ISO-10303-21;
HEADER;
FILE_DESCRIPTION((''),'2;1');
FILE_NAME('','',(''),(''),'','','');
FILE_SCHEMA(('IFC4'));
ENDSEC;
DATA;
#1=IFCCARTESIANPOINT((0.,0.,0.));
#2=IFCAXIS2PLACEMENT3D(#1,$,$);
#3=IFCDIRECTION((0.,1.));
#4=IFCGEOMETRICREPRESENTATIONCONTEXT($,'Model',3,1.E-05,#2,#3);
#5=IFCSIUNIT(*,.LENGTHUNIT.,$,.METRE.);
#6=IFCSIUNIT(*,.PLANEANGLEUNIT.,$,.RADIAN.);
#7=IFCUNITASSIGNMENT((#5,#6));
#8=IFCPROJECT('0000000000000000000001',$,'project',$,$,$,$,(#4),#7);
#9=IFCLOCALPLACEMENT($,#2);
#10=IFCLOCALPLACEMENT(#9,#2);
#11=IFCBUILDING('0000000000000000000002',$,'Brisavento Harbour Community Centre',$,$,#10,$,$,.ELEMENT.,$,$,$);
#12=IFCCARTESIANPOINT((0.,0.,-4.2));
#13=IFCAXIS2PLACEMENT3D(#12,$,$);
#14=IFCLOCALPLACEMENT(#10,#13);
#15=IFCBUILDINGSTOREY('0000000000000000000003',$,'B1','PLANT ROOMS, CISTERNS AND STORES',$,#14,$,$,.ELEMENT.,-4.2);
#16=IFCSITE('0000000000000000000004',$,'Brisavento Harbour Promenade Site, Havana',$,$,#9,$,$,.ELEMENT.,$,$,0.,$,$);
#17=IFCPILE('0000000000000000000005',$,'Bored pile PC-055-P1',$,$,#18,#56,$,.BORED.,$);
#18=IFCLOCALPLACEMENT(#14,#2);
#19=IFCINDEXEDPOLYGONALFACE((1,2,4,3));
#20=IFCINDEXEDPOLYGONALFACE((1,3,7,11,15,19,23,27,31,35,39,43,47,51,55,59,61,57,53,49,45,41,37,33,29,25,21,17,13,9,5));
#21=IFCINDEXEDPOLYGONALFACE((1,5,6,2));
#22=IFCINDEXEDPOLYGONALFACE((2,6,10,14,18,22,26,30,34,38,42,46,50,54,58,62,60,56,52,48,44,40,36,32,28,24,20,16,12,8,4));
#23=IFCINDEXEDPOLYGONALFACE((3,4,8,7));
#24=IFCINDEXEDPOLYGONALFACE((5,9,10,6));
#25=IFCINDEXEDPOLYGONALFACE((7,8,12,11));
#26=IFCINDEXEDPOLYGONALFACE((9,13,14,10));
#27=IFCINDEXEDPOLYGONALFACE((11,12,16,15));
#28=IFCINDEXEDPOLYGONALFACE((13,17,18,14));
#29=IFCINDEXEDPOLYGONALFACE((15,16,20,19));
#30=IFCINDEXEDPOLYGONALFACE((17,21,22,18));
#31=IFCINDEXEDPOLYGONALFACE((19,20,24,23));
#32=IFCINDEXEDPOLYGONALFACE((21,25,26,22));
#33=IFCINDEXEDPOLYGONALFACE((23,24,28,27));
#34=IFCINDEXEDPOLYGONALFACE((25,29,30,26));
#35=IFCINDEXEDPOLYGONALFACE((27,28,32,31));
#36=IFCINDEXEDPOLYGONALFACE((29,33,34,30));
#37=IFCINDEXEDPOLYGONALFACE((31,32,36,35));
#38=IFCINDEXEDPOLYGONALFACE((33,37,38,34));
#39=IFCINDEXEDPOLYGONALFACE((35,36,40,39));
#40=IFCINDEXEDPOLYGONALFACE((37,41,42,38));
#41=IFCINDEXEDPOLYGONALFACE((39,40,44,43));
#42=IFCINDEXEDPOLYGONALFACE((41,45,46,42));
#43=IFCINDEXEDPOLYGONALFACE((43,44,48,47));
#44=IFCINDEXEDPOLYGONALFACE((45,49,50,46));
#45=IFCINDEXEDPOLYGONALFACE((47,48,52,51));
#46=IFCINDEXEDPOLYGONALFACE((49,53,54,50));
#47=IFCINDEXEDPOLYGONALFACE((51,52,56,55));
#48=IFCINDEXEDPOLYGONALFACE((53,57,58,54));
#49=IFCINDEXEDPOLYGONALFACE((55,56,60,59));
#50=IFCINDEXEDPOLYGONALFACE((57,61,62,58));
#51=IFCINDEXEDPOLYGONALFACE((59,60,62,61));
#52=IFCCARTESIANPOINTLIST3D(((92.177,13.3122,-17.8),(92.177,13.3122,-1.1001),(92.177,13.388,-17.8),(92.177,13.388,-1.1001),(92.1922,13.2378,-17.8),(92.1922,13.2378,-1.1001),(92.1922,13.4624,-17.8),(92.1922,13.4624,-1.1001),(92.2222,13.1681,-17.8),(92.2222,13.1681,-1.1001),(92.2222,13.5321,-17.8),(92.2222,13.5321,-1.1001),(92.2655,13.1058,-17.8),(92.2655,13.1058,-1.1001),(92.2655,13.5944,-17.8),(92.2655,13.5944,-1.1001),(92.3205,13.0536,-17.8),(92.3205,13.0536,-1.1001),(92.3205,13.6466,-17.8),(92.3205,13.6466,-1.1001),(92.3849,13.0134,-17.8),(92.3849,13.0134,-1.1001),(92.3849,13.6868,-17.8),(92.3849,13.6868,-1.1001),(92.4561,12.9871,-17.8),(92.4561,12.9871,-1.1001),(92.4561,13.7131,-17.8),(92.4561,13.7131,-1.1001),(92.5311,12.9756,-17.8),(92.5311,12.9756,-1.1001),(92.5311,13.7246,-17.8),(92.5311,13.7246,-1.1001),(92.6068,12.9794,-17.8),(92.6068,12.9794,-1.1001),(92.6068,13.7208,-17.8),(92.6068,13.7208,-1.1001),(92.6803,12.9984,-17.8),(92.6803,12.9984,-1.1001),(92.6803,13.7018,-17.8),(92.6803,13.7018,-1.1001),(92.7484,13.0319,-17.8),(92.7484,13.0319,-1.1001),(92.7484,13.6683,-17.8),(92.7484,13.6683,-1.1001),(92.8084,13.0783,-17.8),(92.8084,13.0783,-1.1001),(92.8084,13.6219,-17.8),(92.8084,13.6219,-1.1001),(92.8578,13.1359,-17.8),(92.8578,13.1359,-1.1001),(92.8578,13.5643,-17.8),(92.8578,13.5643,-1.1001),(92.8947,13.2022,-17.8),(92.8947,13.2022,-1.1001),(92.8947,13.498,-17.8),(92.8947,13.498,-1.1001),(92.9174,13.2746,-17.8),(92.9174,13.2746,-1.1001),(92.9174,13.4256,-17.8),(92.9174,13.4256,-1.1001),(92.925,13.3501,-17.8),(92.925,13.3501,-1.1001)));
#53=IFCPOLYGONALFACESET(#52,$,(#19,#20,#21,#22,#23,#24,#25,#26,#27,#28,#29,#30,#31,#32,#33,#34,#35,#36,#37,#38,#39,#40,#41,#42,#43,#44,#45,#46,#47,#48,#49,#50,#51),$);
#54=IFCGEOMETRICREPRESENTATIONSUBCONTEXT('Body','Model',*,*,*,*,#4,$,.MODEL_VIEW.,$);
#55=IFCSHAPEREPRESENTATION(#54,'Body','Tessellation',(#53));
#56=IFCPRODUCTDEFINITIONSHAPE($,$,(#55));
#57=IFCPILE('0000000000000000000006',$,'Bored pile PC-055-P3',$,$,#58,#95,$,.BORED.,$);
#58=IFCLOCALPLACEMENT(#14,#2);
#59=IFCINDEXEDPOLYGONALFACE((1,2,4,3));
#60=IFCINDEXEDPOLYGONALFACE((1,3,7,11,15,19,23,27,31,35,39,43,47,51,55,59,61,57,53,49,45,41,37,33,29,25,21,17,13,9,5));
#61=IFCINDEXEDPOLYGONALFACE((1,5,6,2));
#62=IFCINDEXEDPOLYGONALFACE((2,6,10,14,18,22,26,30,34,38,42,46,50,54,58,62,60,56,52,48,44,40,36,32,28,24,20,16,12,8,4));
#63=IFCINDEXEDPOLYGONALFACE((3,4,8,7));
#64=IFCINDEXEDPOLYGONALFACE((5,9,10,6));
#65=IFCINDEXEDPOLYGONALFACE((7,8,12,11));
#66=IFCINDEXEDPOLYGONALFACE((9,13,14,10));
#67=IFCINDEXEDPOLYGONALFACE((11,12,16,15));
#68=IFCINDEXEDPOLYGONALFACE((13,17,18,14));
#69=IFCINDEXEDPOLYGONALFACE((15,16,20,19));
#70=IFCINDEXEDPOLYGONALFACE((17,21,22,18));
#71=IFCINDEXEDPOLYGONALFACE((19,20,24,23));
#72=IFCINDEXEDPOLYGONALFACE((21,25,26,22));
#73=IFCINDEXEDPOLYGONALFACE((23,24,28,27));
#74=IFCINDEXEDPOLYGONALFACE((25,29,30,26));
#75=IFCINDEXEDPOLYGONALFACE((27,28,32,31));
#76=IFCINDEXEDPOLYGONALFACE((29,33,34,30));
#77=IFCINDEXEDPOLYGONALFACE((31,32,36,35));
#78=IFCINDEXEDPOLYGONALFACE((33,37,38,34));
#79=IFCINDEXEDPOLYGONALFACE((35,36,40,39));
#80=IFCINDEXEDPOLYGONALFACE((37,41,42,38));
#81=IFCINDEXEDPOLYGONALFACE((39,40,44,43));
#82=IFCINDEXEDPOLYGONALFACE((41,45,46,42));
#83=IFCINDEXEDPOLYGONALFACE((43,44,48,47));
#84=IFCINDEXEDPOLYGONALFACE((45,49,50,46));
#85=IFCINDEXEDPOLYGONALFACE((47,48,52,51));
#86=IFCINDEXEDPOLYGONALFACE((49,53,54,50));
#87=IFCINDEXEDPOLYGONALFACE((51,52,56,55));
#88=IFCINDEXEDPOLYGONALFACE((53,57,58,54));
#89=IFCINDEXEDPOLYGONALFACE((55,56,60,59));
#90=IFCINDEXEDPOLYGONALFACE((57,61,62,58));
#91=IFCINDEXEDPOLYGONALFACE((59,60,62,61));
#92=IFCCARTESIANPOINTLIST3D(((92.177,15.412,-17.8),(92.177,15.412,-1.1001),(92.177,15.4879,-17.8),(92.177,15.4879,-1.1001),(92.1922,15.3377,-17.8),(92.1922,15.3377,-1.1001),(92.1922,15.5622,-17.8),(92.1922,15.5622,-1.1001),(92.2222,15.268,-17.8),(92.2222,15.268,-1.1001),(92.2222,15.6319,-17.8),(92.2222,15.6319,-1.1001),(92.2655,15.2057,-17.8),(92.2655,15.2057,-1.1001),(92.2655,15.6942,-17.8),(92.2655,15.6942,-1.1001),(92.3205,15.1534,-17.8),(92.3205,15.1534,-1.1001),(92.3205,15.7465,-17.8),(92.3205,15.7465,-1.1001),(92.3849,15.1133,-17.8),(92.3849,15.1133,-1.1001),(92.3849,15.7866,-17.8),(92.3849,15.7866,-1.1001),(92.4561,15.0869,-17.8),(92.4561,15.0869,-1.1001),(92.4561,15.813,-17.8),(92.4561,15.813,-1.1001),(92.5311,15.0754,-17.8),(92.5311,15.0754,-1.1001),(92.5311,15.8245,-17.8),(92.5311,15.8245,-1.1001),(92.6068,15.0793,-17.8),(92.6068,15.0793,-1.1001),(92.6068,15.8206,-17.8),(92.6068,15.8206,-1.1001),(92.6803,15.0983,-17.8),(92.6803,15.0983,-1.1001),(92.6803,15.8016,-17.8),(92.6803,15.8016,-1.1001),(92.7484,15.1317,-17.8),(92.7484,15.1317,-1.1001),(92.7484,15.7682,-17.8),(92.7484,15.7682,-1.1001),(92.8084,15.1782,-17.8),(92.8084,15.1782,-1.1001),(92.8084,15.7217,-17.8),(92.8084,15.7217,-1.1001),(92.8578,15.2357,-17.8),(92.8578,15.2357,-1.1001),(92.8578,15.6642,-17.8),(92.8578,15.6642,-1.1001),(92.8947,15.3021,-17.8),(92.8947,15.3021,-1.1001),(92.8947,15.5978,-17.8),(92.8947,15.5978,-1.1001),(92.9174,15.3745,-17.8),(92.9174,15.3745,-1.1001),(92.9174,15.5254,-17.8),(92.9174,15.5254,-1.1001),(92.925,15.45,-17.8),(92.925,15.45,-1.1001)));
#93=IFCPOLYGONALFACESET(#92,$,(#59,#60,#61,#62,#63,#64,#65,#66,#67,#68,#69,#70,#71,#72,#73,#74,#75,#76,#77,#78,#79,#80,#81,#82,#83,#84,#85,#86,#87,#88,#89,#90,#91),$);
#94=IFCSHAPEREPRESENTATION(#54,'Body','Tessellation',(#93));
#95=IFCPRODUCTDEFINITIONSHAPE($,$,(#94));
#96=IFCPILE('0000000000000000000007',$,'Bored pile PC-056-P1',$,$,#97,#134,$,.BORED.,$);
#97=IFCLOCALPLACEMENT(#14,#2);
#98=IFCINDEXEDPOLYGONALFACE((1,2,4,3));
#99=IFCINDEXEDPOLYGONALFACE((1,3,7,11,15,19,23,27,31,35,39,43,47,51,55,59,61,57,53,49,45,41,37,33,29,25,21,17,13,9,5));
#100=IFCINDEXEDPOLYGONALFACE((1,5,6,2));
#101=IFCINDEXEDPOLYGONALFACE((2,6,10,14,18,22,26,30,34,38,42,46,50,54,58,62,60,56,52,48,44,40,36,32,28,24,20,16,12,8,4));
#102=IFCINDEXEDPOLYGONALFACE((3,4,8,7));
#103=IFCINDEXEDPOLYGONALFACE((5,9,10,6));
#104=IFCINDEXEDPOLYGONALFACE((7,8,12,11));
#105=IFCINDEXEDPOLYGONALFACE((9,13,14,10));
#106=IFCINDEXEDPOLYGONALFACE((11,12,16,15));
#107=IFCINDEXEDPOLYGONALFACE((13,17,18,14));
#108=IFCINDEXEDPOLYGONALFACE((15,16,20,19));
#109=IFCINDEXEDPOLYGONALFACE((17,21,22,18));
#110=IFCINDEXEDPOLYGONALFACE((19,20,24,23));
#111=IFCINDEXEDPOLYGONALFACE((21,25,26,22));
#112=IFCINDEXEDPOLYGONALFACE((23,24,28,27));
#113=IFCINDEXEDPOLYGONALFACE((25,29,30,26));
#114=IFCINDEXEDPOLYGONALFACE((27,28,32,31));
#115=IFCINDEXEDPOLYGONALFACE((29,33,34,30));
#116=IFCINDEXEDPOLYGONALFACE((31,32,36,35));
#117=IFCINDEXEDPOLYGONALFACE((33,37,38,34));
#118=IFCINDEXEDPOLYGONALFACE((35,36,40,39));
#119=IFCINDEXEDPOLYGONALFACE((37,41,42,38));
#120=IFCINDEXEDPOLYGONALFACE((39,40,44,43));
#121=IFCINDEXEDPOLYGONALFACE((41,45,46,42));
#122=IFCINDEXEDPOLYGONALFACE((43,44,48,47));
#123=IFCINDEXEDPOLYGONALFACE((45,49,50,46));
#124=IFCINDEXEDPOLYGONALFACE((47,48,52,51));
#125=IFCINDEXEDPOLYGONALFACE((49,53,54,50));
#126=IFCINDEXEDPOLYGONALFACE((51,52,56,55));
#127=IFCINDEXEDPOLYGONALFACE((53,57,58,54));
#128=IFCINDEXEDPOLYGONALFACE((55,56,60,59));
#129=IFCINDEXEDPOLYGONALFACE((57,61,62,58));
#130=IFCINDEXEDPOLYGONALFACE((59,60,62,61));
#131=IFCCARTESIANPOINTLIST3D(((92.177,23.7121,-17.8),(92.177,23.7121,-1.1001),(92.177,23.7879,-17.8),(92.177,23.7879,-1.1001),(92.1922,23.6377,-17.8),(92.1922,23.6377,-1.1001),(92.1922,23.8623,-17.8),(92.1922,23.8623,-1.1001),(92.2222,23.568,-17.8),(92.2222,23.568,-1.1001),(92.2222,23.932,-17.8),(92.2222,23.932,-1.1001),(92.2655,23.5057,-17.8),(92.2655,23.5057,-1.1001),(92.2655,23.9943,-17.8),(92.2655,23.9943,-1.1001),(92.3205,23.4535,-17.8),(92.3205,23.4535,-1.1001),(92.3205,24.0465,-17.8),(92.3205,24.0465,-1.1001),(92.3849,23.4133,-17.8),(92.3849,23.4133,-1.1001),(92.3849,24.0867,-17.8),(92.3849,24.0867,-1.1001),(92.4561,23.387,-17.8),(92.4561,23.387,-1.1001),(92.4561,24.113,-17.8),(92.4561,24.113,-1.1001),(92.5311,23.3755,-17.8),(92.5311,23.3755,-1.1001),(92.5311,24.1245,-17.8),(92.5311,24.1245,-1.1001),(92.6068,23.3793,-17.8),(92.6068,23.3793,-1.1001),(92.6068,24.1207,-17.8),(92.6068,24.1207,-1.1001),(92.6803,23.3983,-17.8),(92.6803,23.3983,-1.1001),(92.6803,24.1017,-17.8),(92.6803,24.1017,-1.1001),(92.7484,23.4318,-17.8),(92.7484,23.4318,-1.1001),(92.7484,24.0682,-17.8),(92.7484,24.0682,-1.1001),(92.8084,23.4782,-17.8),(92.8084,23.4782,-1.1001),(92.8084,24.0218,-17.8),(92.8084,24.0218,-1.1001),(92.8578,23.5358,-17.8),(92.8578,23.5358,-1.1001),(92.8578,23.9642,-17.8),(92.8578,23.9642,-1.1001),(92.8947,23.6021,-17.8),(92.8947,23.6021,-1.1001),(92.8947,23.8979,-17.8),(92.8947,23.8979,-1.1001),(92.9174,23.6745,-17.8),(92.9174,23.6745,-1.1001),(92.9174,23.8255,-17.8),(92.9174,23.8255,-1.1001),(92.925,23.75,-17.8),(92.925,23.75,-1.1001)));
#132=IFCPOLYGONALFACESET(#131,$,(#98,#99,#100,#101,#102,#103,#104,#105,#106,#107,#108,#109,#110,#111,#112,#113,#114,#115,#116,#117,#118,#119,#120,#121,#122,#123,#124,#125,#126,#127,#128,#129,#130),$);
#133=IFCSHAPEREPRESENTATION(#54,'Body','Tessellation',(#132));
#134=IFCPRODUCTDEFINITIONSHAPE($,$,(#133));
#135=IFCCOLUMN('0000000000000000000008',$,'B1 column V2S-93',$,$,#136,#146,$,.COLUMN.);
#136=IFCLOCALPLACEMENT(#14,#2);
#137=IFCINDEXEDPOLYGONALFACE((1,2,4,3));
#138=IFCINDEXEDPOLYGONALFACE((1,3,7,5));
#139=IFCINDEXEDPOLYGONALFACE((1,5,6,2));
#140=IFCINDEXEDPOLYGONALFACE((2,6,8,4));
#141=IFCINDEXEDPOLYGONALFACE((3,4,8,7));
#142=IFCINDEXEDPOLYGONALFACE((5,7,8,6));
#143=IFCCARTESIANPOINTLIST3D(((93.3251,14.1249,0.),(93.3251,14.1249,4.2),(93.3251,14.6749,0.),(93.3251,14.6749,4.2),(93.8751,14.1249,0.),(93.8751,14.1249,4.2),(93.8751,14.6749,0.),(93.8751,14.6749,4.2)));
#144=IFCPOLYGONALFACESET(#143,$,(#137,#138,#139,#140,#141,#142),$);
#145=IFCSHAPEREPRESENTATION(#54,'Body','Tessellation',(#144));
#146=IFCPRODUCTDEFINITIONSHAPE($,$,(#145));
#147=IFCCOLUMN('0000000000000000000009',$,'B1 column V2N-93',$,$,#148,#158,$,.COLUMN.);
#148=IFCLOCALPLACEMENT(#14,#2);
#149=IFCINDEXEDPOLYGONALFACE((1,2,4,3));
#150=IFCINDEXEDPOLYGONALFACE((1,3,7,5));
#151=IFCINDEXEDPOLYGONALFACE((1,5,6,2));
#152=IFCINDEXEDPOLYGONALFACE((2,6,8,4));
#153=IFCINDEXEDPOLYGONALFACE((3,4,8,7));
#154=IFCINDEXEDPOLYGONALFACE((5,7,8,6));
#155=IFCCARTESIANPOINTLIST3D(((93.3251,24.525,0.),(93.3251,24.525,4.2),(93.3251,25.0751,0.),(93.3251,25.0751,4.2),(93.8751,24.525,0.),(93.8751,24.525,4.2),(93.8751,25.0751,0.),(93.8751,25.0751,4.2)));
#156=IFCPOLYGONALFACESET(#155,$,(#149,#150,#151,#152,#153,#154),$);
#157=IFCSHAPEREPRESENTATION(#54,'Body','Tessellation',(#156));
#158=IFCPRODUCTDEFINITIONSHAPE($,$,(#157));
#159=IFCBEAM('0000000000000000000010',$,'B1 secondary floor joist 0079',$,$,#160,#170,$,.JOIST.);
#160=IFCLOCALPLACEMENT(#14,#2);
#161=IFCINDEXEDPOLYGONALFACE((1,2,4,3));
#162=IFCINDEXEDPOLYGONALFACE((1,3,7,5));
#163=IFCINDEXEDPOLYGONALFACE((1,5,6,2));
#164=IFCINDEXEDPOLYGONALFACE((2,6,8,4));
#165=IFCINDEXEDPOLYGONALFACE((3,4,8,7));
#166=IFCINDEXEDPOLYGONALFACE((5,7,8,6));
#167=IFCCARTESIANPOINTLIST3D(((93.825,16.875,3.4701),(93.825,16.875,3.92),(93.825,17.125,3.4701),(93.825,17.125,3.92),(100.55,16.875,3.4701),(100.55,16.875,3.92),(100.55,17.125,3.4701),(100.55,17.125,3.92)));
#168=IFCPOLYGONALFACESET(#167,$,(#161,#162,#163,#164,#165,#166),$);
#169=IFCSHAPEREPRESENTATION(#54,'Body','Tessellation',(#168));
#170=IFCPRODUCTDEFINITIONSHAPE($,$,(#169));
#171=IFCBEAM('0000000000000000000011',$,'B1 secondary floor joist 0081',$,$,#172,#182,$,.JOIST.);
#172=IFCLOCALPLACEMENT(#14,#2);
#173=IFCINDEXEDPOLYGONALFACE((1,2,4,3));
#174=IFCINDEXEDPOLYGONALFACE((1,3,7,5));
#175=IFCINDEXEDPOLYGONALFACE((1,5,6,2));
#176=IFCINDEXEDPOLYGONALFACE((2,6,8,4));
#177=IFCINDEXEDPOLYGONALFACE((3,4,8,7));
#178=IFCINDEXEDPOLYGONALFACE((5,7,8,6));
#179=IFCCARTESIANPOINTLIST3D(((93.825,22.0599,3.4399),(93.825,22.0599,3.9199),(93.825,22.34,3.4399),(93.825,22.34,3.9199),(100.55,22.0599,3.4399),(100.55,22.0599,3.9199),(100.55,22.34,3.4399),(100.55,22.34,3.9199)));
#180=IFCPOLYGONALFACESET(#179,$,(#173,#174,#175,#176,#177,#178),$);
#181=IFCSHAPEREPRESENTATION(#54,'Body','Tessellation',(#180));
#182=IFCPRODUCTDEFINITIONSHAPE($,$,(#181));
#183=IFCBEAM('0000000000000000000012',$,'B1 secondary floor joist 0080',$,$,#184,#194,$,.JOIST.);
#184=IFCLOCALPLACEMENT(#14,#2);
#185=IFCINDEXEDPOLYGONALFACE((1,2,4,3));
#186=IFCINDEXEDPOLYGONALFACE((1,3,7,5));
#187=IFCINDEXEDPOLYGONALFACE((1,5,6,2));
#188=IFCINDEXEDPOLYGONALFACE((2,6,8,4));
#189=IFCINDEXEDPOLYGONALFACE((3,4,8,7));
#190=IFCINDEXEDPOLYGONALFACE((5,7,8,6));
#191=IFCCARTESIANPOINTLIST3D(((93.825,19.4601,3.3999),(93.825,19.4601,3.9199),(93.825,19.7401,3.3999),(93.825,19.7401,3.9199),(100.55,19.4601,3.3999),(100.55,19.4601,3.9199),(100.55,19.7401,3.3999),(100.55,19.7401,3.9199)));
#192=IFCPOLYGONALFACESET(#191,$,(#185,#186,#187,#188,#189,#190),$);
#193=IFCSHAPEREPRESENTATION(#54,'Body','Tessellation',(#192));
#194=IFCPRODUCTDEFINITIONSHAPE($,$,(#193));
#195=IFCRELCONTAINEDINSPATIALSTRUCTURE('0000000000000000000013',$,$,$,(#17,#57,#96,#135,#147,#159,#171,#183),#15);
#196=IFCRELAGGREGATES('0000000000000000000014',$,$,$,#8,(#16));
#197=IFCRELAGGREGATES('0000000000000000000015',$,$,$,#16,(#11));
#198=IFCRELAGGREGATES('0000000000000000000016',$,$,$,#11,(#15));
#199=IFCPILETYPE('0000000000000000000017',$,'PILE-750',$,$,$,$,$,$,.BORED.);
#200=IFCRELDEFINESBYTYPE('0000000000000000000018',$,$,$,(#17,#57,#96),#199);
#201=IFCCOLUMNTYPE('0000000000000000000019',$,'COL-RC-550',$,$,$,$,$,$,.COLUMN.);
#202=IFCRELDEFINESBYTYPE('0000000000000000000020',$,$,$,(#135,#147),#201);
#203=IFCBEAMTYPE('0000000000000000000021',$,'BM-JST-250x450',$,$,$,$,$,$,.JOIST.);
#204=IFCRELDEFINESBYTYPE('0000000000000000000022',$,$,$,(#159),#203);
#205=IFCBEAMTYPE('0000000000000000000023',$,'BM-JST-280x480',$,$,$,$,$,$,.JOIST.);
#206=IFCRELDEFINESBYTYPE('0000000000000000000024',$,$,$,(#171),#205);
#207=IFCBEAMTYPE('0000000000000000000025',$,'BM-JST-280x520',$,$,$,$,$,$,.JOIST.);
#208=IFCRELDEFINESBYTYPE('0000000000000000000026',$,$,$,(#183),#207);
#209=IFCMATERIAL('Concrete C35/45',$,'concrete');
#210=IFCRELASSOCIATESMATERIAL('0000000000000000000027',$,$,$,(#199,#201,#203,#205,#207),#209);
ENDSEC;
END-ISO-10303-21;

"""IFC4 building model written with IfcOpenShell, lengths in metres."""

from ifc_helpers import new_model, si_unit, direction, frame, origin, origin_2d, place, context, subcontext, project, spatial, rectangle, circle, extrude, material, material_profile, profile_set, type_object, element, save


model = new_model("IFC4")

# Units and contexts
model_context = context("Model", 3, precision=1e-05, world=origin(), true_north=direction((0.0, 1.0)))
body_context = subcontext(model_context, "Body", "Model", "MODEL_VIEW")
ifc_project = project(units=[si_unit("LENGTHUNIT", "METRE"), si_unit("PLANEANGLEUNIT", "RADIAN")], contexts=[model_context])

# Site, building, storey
site_placement = place(None, origin())
site = spatial("IfcSite", under=ifc_project, at=site_placement, Name="Brisavento Harbour Promenade Site, Havana", CompositionType="ELEMENT", RefElevation=0.0)
building_placement = place(site_placement, origin())
building = spatial("IfcBuilding", under=site, at=building_placement, Name="Brisavento Harbour Community Centre", CompositionType="ELEMENT")
storey_placement = place(building_placement, frame((0.0, 0.0, -4.2)))
storey = spatial("IfcBuildingStorey", under=building, at=storey_placement, Name="B1", Description="PLANT ROOMS, CISTERNS AND STORES", CompositionType="ELEMENT", Elevation=-4.2)

# Shared definitions
ifc_material_1 = material(Name="Concrete C35/45", Category="concrete")

# Piles
ifc_material_profile_1 = material_profile(ifc_material_1, circle(Radius=0.375, at=origin_2d()), Name="Concrete C35/45")
ifc_profile_set_1 = profile_set([ifc_material_profile_1], Name="Concrete C35/45")
pile_type_1 = type_object("IfcPileType", Name="PILE-750", PredefinedType="BORED", material=ifc_profile_set_1)
for number, where, z_axis, x_axis, name in (
    (1, (92.55, 13.3501, -1.1001), (0.0, 0.0, -1.0), (1.0, 0.0, 0.0), "Bored pile PC-055-P1"),
    (2, (92.55, 15.45, -1.1001), (0.0, 0.0, -1.0), (1.0, 0.0, 0.0), "Bored pile PC-055-P3"),
    (3, (92.55, 23.75, -1.1001), (0.0, 0.0, -1.0), (1.0, 0.0, 0.0), "Bored pile PC-056-P1"),
):
    element("IfcPile", number, at=place(storey_placement, frame(where, z_axis=z_axis, x_axis=x_axis)), inside=storey, type_object=pile_type_1, Name=name, PredefinedType="BORED", context=body_context, shape_type="SweptSolid", body=[
        extrude(circle(Radius=0.375, at=origin_2d()), origin(), (0.0, 0.0, 1.0), 16.7),
    ])

# Columns
ifc_material_profile_2 = material_profile(ifc_material_1, rectangle(XDim=0.55, YDim=0.55, at=origin_2d()), Name="Concrete C35/45")
ifc_profile_set_2 = profile_set([ifc_material_profile_2], Name="Concrete C35/45")
column_type = type_object("IfcColumnType", Name="COL-RC-550", PredefinedType="COLUMN", material=ifc_profile_set_2)
for number, where, z_axis, x_axis, name in (
    (4, (93.6001, 14.3999, 0.0), (0.0, 0.0, 1.0), (1.0, 0.0, 0.0), "B1 column V2S-93"),
    (5, (93.6001, 24.8, 0.0), (0.0, 0.0, 1.0), (1.0, 0.0, 0.0), "B1 column V2N-93"),
):
    element("IfcColumn", number, at=place(storey_placement, frame(where, z_axis=z_axis, x_axis=x_axis)), inside=storey, type_object=column_type, Name=name, PredefinedType="COLUMN", context=body_context, shape_type="SweptSolid", body=[
        extrude(rectangle(XDim=0.55, YDim=0.55, at=origin_2d()), origin(), (0.0, 0.0, 1.0), 4.2),
    ])

# Beams
ifc_material_profile_3 = material_profile(ifc_material_1, rectangle(XDim=0.25, YDim=0.45, at=origin_2d()), Name="Concrete C35/45")
ifc_profile_set_3 = profile_set([ifc_material_profile_3], Name="Concrete C35/45")
beam_type_1 = type_object("IfcBeamType", Name="BM-JST-250x450", PredefinedType="JOIST", material=ifc_profile_set_3)
beam_1_placement = place(storey_placement, frame((93.825, 17.0, 3.6951), z_axis=(1.0, 0.0, 0.0), x_axis=(0.0, 1.0, 0.0)))
element("IfcBeam", 6, at=beam_1_placement, inside=storey, type_object=beam_type_1, Name="B1 secondary floor joist 0079", PredefinedType="JOIST", context=body_context, shape_type="SweptSolid", body=[
    extrude(rectangle(XDim=0.25, YDim=0.45, at=origin_2d()), origin(), (0.0, 0.0, 1.0), 6.7251),
])
ifc_material_profile_4 = material_profile(ifc_material_1, rectangle(XDim=0.28, YDim=0.48, at=origin_2d()), Name="Concrete C35/45")
ifc_profile_set_4 = profile_set([ifc_material_profile_4], Name="Concrete C35/45")
beam_type_2 = type_object("IfcBeamType", Name="BM-JST-280x480", PredefinedType="JOIST", material=ifc_profile_set_4)
beam_2_placement = place(storey_placement, frame((93.825, 22.2, 3.6799), z_axis=(1.0, 0.0, 0.0), x_axis=(0.0, 1.0, 0.0)))
element("IfcBeam", 7, at=beam_2_placement, inside=storey, type_object=beam_type_2, Name="B1 secondary floor joist 0081", PredefinedType="JOIST", context=body_context, shape_type="SweptSolid", body=[
    extrude(rectangle(XDim=0.28, YDim=0.48, at=origin_2d()), origin(), (0.0, 0.0, 1.0), 6.7251),
])
ifc_material_profile_5 = material_profile(ifc_material_1, rectangle(XDim=0.28, YDim=0.52, at=origin_2d()), Name="Concrete C35/45")
ifc_profile_set_5 = profile_set([ifc_material_profile_5], Name="Concrete C35/45")
beam_type_3 = type_object("IfcBeamType", Name="BM-JST-280x520", PredefinedType="JOIST", material=ifc_profile_set_5)
beam_3_placement = place(storey_placement, frame((93.825, 19.6001, 3.6599), z_axis=(1.0, 0.0, 0.0), x_axis=(0.0, 1.0, 0.0)))
element("IfcBeam", 8, at=beam_3_placement, inside=storey, type_object=beam_type_3, Name="B1 secondary floor joist 0080", PredefinedType="JOIST", context=body_context, shape_type="SweptSolid", body=[
    extrude(rectangle(XDim=0.28, YDim=0.52, at=origin_2d()), origin(), (0.0, 0.0, 1.0), 6.7251),
])

save(model, "model.ifc")
